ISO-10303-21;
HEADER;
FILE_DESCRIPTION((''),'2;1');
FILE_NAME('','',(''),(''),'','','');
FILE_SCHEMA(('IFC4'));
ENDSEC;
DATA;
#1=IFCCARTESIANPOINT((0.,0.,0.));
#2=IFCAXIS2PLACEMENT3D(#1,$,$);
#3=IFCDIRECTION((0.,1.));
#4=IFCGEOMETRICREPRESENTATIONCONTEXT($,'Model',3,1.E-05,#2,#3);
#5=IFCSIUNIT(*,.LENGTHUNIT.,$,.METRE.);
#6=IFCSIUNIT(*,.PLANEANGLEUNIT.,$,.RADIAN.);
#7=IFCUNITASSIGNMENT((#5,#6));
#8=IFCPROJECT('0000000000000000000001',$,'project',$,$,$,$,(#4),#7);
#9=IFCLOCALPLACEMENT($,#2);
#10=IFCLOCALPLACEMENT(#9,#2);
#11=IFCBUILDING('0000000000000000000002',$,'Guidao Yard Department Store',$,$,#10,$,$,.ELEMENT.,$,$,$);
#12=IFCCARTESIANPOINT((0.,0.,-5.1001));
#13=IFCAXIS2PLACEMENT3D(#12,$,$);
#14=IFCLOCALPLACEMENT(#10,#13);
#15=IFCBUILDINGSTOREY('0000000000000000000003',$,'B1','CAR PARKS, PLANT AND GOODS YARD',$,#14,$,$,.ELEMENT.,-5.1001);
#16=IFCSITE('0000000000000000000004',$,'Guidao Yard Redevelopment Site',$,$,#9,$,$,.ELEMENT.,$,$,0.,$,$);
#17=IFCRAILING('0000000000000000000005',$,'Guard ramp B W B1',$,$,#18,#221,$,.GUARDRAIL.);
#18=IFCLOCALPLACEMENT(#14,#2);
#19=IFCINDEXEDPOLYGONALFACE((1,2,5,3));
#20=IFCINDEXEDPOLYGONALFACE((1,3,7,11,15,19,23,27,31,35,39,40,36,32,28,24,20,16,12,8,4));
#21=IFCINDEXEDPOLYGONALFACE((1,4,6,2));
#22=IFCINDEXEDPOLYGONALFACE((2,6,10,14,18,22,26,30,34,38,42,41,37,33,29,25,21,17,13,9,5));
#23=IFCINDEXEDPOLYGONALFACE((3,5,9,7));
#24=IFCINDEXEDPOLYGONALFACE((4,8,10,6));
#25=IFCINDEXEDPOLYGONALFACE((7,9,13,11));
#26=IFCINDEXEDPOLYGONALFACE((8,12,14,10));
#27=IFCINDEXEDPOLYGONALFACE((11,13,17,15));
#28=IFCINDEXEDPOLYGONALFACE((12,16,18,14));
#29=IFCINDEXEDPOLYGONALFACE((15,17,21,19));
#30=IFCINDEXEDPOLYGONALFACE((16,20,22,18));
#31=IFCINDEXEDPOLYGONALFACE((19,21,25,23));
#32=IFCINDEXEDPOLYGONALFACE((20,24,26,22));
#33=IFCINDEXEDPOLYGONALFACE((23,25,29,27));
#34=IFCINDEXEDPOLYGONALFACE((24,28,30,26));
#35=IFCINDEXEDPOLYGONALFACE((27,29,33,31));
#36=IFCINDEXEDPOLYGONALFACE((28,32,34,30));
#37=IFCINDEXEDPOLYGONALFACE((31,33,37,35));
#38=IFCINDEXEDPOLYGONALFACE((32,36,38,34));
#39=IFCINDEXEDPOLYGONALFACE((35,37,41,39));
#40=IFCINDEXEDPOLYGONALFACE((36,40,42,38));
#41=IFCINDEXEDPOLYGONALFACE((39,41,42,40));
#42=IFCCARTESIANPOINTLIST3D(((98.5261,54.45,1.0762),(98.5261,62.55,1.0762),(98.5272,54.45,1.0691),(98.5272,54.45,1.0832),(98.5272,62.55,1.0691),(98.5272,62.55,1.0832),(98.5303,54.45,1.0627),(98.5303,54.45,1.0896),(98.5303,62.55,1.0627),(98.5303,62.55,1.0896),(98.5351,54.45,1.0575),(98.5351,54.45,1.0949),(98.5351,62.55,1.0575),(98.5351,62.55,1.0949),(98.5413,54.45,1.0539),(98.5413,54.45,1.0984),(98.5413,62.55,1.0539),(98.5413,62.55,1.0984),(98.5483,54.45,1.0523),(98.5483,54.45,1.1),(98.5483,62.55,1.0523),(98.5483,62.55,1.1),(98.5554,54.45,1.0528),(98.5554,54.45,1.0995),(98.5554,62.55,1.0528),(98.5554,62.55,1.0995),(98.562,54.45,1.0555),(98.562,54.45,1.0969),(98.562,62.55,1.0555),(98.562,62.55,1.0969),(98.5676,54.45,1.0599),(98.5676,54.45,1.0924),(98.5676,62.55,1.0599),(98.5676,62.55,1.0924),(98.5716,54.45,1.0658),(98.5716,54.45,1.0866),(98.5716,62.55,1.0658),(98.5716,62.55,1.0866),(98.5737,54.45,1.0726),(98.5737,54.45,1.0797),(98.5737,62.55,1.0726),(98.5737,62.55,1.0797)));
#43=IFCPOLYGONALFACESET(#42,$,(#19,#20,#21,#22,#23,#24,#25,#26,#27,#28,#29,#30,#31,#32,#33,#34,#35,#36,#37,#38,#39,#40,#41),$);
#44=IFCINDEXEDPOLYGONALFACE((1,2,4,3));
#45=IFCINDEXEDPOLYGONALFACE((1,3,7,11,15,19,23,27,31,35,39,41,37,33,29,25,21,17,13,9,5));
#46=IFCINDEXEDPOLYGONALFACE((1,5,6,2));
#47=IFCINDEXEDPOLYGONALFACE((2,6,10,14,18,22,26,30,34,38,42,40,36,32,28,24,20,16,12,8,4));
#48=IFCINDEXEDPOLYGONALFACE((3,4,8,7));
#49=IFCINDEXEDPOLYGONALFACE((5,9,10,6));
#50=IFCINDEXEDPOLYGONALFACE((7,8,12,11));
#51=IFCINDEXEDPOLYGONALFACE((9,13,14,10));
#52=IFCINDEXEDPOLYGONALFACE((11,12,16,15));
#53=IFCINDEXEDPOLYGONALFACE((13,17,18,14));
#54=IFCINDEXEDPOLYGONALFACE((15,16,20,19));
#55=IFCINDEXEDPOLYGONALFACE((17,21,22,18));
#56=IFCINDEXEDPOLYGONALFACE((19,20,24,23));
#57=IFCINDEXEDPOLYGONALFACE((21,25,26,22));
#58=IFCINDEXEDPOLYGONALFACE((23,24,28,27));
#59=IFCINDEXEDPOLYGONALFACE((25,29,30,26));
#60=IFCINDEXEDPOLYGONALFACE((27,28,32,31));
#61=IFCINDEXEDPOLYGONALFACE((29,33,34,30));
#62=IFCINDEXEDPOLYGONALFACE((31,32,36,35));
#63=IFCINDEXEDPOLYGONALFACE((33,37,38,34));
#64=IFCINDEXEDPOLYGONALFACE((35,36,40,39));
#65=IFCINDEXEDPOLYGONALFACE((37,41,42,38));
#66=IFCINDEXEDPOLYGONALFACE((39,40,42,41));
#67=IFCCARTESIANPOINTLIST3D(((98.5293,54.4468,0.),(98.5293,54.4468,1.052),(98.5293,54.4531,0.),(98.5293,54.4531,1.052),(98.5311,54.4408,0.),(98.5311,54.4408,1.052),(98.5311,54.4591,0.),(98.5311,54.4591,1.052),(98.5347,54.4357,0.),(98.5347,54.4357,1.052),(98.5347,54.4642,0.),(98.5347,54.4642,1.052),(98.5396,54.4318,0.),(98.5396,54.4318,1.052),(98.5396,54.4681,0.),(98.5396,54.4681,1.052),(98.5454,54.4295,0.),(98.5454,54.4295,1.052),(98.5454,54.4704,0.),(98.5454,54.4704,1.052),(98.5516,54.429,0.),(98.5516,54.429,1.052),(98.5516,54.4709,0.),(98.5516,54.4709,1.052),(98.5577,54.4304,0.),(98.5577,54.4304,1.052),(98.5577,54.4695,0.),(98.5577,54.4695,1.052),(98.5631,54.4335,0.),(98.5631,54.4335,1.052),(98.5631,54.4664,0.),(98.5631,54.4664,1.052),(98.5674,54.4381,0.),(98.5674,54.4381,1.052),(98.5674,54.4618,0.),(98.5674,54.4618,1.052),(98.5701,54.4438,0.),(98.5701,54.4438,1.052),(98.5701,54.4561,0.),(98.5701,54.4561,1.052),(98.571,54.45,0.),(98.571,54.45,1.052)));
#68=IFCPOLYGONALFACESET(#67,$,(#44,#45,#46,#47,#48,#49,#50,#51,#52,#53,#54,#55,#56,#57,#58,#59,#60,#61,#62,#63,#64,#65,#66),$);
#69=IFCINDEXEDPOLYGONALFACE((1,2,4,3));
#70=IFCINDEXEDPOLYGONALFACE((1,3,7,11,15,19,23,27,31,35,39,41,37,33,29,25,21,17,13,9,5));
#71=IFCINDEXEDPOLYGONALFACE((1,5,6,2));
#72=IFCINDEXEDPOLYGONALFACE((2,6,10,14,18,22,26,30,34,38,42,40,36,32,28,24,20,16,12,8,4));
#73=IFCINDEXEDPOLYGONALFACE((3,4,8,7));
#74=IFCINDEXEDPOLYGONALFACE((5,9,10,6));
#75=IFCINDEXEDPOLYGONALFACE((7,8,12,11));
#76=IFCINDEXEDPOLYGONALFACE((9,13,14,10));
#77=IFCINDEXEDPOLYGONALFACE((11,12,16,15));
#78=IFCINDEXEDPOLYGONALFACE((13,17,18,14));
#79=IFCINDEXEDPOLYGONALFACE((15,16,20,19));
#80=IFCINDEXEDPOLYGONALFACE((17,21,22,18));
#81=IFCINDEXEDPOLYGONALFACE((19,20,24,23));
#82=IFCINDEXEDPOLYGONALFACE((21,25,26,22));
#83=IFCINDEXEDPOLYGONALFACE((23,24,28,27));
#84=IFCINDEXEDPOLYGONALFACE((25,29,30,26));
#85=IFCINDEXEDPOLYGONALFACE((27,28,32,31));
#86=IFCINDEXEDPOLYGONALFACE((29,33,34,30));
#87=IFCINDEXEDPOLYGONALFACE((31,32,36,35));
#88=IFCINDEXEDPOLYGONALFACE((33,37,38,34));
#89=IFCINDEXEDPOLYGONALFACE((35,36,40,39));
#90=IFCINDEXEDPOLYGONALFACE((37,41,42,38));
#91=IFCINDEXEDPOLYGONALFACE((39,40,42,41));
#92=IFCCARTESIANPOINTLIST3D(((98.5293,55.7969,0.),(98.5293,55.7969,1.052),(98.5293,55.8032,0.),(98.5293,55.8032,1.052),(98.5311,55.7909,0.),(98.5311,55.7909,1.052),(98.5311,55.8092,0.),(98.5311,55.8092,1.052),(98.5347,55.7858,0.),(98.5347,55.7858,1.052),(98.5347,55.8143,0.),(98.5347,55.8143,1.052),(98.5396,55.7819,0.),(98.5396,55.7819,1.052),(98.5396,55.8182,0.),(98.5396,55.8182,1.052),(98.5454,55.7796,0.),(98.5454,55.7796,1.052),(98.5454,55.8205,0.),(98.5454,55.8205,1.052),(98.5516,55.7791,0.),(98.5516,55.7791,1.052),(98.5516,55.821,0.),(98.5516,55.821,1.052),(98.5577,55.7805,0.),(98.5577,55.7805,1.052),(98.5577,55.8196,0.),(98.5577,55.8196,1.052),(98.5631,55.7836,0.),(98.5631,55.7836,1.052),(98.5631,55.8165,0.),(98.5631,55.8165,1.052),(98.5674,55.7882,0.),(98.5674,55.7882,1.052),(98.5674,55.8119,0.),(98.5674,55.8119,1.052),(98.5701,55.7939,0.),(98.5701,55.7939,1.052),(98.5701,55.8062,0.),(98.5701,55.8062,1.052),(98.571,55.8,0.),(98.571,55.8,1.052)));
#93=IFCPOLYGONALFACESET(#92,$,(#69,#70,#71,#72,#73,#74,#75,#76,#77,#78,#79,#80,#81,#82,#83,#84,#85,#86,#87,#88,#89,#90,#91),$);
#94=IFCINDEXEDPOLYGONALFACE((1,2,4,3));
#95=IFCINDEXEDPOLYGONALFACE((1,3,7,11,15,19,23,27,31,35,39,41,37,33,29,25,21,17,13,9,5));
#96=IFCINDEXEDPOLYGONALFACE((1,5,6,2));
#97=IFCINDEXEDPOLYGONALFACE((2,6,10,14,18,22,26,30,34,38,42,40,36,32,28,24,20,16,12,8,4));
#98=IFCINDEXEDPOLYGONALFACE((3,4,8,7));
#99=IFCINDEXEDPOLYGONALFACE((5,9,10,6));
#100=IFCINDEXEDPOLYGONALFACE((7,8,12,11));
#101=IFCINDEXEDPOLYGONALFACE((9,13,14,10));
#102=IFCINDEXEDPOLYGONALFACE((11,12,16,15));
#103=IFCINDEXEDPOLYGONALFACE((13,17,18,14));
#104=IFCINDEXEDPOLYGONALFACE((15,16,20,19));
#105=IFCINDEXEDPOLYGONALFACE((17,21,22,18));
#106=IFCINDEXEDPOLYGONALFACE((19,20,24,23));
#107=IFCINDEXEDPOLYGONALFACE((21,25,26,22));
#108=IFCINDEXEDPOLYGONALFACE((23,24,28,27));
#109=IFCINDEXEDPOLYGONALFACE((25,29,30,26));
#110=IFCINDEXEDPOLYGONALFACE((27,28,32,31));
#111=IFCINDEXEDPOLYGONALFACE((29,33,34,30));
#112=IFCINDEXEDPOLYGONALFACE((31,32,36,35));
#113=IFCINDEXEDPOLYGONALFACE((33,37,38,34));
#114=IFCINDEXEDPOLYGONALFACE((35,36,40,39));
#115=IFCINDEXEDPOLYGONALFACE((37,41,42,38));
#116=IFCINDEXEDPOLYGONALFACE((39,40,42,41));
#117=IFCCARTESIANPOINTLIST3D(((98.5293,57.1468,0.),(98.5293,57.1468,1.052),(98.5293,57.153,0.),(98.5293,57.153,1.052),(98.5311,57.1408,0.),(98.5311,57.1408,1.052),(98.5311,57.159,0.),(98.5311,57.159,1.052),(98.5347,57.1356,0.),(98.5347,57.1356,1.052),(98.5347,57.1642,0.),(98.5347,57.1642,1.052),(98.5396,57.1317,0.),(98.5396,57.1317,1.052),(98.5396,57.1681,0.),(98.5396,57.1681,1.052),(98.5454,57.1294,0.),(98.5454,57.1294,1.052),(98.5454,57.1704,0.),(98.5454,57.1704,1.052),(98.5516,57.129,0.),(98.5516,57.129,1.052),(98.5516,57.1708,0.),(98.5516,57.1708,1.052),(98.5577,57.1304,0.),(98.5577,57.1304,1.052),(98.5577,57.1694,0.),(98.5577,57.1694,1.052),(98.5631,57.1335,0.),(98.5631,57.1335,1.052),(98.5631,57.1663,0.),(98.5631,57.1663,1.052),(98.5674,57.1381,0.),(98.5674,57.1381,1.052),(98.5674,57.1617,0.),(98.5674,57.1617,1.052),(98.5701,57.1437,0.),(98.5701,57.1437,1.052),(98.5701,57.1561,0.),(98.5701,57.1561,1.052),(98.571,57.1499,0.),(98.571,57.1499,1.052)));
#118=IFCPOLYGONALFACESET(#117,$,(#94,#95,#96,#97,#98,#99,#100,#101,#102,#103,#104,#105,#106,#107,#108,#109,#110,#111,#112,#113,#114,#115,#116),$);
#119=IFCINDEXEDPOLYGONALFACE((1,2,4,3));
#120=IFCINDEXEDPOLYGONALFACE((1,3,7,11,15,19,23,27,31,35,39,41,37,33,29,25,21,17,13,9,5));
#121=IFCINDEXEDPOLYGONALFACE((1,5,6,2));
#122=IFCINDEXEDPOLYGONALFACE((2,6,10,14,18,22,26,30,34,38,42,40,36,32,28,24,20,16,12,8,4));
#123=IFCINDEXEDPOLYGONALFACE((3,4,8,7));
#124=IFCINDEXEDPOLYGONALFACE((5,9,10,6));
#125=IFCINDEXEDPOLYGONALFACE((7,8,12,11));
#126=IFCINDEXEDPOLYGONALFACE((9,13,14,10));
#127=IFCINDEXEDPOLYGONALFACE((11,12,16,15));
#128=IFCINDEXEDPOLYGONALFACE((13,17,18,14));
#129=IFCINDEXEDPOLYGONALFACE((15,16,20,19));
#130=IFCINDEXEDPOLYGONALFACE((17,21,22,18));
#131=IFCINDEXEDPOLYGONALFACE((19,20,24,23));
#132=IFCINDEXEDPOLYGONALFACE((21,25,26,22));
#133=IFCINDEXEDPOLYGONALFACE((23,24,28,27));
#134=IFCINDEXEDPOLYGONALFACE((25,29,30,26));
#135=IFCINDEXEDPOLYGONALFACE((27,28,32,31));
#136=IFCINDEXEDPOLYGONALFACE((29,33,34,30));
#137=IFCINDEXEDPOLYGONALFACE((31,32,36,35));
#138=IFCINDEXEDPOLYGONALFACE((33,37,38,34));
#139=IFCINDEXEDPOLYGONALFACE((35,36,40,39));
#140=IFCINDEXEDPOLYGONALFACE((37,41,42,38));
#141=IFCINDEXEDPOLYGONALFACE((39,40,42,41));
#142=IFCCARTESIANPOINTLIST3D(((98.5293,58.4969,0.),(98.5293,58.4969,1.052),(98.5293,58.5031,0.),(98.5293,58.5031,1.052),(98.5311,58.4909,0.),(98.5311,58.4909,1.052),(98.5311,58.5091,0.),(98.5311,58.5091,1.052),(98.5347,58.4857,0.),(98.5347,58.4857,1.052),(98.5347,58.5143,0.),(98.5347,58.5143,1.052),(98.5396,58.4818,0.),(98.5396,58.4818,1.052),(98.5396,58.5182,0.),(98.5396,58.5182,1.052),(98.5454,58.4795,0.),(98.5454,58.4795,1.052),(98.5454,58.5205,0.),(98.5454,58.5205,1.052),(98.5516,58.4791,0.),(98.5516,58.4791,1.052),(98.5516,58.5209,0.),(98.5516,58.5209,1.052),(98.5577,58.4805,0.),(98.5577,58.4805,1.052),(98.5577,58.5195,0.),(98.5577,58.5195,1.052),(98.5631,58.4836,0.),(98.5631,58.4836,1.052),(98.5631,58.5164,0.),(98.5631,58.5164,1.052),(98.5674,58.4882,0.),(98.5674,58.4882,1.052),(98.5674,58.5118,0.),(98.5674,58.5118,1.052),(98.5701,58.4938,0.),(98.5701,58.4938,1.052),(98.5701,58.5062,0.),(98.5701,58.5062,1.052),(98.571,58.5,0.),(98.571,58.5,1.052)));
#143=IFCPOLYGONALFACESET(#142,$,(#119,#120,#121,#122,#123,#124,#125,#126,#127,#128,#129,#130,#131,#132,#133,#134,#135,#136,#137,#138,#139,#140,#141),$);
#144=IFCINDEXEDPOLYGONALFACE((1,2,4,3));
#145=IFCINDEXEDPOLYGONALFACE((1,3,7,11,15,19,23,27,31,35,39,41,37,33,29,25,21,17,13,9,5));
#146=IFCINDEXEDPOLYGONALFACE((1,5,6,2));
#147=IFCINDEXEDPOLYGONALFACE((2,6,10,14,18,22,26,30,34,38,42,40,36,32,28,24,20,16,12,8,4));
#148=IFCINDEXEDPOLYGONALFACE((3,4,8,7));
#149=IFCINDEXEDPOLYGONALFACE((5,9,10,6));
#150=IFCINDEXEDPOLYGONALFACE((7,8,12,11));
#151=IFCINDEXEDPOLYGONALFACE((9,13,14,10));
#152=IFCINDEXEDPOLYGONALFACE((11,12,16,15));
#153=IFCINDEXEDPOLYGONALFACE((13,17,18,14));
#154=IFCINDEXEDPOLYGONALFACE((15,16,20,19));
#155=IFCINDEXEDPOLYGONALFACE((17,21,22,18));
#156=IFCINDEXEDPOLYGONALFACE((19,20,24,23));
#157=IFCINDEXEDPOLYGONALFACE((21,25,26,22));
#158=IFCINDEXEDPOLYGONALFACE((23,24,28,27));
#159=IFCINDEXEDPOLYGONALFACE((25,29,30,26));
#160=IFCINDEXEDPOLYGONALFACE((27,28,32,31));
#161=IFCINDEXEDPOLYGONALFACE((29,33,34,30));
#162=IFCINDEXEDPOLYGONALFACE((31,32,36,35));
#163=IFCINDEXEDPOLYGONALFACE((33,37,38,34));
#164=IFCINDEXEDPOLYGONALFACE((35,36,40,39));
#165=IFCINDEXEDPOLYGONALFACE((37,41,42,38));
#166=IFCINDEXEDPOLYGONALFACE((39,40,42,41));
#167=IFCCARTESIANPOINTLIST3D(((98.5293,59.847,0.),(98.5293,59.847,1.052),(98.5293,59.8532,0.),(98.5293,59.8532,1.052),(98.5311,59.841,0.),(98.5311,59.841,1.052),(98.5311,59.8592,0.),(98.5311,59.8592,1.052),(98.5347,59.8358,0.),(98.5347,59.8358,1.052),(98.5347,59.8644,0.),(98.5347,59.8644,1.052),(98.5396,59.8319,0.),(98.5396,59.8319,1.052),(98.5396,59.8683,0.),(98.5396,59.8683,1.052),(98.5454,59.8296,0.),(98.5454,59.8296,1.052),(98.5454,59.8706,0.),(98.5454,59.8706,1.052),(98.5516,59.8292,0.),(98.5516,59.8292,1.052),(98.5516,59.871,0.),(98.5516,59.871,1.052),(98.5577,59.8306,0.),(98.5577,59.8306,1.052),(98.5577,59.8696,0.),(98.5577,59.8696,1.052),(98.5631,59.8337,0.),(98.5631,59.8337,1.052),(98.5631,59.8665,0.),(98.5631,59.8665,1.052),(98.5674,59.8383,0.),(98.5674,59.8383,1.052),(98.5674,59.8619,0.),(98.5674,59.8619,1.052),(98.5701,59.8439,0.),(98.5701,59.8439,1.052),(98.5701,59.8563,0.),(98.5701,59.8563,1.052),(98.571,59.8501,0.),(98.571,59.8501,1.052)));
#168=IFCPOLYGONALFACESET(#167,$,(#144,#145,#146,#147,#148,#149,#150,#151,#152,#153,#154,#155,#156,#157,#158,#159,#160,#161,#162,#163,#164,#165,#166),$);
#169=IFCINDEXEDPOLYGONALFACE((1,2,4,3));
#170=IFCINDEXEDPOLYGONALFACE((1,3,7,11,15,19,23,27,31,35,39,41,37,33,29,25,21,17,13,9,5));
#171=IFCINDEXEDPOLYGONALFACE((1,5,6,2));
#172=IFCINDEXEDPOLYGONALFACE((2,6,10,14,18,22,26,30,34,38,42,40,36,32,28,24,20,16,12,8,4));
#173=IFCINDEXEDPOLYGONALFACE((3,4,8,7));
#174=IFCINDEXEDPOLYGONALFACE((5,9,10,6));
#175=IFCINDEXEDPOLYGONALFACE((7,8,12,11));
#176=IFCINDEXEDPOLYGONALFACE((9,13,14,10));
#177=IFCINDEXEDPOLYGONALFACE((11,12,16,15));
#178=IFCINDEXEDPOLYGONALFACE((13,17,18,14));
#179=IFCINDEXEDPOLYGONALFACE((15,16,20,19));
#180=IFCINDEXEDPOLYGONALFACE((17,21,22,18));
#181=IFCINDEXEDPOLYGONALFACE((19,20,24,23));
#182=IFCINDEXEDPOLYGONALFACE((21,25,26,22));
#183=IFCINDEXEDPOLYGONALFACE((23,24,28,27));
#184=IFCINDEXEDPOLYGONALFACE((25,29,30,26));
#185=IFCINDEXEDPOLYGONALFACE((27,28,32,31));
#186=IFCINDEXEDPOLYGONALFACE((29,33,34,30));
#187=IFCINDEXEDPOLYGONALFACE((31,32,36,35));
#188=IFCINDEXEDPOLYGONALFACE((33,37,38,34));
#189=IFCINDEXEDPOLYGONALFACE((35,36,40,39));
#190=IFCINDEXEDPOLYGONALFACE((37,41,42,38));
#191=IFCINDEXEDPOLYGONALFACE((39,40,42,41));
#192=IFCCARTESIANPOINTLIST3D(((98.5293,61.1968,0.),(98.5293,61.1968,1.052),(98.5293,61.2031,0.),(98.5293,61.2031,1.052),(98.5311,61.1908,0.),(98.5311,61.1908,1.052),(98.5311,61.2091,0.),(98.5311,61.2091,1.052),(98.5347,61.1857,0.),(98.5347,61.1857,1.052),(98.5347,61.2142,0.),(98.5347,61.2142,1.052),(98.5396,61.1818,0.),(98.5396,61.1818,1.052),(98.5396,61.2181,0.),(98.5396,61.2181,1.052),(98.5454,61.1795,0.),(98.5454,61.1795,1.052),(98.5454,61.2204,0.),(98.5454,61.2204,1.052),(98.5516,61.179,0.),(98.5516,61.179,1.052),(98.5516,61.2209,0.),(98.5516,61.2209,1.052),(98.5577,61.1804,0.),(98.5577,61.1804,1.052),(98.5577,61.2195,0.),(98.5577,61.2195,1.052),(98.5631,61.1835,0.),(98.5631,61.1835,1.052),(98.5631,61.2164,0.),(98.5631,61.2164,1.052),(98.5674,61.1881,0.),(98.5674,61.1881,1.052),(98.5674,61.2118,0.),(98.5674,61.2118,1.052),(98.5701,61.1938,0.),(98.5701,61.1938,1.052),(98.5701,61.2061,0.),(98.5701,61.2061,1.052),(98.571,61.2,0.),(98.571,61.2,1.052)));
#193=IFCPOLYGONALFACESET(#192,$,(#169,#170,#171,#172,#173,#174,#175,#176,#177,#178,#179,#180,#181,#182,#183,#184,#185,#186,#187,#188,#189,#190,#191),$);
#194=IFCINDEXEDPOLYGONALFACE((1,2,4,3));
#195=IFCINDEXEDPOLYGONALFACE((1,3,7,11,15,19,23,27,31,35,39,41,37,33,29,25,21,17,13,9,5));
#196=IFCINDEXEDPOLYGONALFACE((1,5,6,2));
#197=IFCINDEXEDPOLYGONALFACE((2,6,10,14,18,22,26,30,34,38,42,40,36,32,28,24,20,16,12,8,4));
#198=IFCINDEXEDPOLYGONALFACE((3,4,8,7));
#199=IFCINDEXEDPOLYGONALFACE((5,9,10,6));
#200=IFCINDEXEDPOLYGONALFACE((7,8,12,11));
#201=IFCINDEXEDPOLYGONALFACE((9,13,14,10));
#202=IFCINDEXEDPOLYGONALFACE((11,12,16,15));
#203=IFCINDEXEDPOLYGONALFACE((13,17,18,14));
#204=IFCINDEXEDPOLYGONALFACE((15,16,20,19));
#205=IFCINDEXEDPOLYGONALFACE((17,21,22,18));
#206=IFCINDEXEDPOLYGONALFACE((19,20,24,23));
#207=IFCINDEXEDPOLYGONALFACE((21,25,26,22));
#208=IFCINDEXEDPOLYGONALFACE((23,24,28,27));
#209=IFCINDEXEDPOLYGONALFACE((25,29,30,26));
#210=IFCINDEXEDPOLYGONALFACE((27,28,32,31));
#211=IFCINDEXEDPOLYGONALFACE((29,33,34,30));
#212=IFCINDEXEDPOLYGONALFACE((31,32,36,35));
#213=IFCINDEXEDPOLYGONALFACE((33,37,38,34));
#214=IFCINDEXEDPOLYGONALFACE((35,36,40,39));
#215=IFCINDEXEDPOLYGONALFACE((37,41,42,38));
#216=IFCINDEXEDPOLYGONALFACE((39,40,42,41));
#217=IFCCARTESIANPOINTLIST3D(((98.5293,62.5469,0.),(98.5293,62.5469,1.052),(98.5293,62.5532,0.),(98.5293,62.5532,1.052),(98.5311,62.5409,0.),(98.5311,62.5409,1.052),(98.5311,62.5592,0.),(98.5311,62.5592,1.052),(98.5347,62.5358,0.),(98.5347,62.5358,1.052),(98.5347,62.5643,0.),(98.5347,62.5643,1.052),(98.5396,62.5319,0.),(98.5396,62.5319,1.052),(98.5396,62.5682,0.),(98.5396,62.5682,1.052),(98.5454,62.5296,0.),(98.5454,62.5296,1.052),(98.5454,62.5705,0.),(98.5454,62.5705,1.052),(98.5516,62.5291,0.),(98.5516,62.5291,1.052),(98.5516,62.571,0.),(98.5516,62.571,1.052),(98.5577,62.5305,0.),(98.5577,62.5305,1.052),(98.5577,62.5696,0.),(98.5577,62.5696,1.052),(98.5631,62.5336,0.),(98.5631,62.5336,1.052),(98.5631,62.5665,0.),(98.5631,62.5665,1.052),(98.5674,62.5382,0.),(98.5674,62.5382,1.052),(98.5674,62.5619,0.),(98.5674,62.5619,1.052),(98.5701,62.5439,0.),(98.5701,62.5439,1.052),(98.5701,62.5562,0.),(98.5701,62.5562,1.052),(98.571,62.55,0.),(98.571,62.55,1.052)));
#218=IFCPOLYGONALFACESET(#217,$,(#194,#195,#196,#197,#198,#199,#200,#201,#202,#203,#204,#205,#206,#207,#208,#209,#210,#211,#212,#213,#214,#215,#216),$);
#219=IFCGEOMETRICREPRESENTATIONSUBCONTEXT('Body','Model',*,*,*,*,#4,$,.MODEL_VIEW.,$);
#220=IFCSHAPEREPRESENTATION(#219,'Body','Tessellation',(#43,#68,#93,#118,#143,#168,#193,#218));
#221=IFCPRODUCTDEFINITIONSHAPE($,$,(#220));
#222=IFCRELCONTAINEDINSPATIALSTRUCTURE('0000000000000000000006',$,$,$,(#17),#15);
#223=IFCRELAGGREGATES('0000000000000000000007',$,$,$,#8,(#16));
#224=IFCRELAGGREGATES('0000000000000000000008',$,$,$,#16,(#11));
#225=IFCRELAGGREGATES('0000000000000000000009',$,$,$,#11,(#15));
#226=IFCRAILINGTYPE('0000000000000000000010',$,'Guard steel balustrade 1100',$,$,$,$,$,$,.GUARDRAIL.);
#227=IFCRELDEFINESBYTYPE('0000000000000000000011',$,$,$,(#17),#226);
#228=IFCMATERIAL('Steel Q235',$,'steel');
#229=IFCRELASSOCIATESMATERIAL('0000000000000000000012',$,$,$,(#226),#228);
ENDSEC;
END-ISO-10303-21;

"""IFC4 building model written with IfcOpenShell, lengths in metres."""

from ifc_helpers import new_model, si_unit, direction, frame, origin, origin_2d, place, context, subcontext, project, spatial, circle, extrude, material, type_object, element, save


model = new_model("IFC4")

# Units and contexts
model_context = context("Model", 3, precision=1e-05, world=origin(), true_north=direction((0.0, 1.0)))
body_context = subcontext(model_context, "Body", "Model", "MODEL_VIEW")
ifc_project = project(units=[si_unit("LENGTHUNIT", "METRE"), si_unit("PLANEANGLEUNIT", "RADIAN")], contexts=[model_context])

# Site, building, storey
site_placement = place(None, origin())
site = spatial("IfcSite", under=ifc_project, at=site_placement, Name="Guidao Yard Redevelopment Site", CompositionType="ELEMENT", RefElevation=0.0)
building_placement = place(site_placement, origin())
building = spatial("IfcBuilding", under=site, at=building_placement, Name="Guidao Yard Department Store", CompositionType="ELEMENT")
storey_placement = place(building_placement, frame((0.0, 0.0, -5.1001)))
storey = spatial("IfcBuildingStorey", under=building, at=storey_placement, Name="B1", Description="CAR PARKS, PLANT AND GOODS YARD", CompositionType="ELEMENT", Elevation=-5.1001)

# Railing
ifc_material_1 = material(Name="Steel Q235", Category="steel")
railing_type = type_object("IfcRailingType", Name="Guard steel balustrade 1100", PredefinedType="GUARDRAIL", material=ifc_material_1)
railing_1_placement = place(storey_placement, frame((98.55, 54.45, 0.0)))
element("IfcRailing", 1, at=railing_1_placement, inside=storey, type_object=railing_type, Name="Guard ramp B W B1", PredefinedType="GUARDRAIL", context=body_context, shape_type="SweptSolid", body=[
    extrude(circle(Radius=0.0239, at=origin_2d()), frame((0.0, 0.0, 1.0762), z_axis=(0.0, 1.0, 0.0), x_axis=(-1.0, 0.0, 0.0)), (0.0, 0.0, 1.0), 8.1001),
    extrude(circle(Radius=0.021, at=origin_2d()), origin(), (0.0, 0.0, 1.0), 1.052),
    extrude(circle(Radius=0.021, at=origin_2d()), frame((0.0, 1.3501, 0.0)), (0.0, 0.0, 1.0), 1.052),
    extrude(circle(Radius=0.021, at=origin_2d()), frame((0.0, 2.7, 0.0)), (0.0, 0.0, 1.0), 1.052),
    extrude(circle(Radius=0.021, at=origin_2d()), frame((0.0, 4.05, 0.0)), (0.0, 0.0, 1.0), 1.052),
    extrude(circle(Radius=0.021, at=origin_2d()), frame((0.0, 5.4001, 0.0)), (0.0, 0.0, 1.0), 1.052),
    extrude(circle(Radius=0.021, at=origin_2d()), frame((0.0, 6.75, 0.0)), (0.0, 0.0, 1.0), 1.052),
    extrude(circle(Radius=0.021, at=origin_2d()), frame((0.0, 8.1001, 0.0)), (0.0, 0.0, 1.0), 1.052),
])

save(model, "model.ifc")
